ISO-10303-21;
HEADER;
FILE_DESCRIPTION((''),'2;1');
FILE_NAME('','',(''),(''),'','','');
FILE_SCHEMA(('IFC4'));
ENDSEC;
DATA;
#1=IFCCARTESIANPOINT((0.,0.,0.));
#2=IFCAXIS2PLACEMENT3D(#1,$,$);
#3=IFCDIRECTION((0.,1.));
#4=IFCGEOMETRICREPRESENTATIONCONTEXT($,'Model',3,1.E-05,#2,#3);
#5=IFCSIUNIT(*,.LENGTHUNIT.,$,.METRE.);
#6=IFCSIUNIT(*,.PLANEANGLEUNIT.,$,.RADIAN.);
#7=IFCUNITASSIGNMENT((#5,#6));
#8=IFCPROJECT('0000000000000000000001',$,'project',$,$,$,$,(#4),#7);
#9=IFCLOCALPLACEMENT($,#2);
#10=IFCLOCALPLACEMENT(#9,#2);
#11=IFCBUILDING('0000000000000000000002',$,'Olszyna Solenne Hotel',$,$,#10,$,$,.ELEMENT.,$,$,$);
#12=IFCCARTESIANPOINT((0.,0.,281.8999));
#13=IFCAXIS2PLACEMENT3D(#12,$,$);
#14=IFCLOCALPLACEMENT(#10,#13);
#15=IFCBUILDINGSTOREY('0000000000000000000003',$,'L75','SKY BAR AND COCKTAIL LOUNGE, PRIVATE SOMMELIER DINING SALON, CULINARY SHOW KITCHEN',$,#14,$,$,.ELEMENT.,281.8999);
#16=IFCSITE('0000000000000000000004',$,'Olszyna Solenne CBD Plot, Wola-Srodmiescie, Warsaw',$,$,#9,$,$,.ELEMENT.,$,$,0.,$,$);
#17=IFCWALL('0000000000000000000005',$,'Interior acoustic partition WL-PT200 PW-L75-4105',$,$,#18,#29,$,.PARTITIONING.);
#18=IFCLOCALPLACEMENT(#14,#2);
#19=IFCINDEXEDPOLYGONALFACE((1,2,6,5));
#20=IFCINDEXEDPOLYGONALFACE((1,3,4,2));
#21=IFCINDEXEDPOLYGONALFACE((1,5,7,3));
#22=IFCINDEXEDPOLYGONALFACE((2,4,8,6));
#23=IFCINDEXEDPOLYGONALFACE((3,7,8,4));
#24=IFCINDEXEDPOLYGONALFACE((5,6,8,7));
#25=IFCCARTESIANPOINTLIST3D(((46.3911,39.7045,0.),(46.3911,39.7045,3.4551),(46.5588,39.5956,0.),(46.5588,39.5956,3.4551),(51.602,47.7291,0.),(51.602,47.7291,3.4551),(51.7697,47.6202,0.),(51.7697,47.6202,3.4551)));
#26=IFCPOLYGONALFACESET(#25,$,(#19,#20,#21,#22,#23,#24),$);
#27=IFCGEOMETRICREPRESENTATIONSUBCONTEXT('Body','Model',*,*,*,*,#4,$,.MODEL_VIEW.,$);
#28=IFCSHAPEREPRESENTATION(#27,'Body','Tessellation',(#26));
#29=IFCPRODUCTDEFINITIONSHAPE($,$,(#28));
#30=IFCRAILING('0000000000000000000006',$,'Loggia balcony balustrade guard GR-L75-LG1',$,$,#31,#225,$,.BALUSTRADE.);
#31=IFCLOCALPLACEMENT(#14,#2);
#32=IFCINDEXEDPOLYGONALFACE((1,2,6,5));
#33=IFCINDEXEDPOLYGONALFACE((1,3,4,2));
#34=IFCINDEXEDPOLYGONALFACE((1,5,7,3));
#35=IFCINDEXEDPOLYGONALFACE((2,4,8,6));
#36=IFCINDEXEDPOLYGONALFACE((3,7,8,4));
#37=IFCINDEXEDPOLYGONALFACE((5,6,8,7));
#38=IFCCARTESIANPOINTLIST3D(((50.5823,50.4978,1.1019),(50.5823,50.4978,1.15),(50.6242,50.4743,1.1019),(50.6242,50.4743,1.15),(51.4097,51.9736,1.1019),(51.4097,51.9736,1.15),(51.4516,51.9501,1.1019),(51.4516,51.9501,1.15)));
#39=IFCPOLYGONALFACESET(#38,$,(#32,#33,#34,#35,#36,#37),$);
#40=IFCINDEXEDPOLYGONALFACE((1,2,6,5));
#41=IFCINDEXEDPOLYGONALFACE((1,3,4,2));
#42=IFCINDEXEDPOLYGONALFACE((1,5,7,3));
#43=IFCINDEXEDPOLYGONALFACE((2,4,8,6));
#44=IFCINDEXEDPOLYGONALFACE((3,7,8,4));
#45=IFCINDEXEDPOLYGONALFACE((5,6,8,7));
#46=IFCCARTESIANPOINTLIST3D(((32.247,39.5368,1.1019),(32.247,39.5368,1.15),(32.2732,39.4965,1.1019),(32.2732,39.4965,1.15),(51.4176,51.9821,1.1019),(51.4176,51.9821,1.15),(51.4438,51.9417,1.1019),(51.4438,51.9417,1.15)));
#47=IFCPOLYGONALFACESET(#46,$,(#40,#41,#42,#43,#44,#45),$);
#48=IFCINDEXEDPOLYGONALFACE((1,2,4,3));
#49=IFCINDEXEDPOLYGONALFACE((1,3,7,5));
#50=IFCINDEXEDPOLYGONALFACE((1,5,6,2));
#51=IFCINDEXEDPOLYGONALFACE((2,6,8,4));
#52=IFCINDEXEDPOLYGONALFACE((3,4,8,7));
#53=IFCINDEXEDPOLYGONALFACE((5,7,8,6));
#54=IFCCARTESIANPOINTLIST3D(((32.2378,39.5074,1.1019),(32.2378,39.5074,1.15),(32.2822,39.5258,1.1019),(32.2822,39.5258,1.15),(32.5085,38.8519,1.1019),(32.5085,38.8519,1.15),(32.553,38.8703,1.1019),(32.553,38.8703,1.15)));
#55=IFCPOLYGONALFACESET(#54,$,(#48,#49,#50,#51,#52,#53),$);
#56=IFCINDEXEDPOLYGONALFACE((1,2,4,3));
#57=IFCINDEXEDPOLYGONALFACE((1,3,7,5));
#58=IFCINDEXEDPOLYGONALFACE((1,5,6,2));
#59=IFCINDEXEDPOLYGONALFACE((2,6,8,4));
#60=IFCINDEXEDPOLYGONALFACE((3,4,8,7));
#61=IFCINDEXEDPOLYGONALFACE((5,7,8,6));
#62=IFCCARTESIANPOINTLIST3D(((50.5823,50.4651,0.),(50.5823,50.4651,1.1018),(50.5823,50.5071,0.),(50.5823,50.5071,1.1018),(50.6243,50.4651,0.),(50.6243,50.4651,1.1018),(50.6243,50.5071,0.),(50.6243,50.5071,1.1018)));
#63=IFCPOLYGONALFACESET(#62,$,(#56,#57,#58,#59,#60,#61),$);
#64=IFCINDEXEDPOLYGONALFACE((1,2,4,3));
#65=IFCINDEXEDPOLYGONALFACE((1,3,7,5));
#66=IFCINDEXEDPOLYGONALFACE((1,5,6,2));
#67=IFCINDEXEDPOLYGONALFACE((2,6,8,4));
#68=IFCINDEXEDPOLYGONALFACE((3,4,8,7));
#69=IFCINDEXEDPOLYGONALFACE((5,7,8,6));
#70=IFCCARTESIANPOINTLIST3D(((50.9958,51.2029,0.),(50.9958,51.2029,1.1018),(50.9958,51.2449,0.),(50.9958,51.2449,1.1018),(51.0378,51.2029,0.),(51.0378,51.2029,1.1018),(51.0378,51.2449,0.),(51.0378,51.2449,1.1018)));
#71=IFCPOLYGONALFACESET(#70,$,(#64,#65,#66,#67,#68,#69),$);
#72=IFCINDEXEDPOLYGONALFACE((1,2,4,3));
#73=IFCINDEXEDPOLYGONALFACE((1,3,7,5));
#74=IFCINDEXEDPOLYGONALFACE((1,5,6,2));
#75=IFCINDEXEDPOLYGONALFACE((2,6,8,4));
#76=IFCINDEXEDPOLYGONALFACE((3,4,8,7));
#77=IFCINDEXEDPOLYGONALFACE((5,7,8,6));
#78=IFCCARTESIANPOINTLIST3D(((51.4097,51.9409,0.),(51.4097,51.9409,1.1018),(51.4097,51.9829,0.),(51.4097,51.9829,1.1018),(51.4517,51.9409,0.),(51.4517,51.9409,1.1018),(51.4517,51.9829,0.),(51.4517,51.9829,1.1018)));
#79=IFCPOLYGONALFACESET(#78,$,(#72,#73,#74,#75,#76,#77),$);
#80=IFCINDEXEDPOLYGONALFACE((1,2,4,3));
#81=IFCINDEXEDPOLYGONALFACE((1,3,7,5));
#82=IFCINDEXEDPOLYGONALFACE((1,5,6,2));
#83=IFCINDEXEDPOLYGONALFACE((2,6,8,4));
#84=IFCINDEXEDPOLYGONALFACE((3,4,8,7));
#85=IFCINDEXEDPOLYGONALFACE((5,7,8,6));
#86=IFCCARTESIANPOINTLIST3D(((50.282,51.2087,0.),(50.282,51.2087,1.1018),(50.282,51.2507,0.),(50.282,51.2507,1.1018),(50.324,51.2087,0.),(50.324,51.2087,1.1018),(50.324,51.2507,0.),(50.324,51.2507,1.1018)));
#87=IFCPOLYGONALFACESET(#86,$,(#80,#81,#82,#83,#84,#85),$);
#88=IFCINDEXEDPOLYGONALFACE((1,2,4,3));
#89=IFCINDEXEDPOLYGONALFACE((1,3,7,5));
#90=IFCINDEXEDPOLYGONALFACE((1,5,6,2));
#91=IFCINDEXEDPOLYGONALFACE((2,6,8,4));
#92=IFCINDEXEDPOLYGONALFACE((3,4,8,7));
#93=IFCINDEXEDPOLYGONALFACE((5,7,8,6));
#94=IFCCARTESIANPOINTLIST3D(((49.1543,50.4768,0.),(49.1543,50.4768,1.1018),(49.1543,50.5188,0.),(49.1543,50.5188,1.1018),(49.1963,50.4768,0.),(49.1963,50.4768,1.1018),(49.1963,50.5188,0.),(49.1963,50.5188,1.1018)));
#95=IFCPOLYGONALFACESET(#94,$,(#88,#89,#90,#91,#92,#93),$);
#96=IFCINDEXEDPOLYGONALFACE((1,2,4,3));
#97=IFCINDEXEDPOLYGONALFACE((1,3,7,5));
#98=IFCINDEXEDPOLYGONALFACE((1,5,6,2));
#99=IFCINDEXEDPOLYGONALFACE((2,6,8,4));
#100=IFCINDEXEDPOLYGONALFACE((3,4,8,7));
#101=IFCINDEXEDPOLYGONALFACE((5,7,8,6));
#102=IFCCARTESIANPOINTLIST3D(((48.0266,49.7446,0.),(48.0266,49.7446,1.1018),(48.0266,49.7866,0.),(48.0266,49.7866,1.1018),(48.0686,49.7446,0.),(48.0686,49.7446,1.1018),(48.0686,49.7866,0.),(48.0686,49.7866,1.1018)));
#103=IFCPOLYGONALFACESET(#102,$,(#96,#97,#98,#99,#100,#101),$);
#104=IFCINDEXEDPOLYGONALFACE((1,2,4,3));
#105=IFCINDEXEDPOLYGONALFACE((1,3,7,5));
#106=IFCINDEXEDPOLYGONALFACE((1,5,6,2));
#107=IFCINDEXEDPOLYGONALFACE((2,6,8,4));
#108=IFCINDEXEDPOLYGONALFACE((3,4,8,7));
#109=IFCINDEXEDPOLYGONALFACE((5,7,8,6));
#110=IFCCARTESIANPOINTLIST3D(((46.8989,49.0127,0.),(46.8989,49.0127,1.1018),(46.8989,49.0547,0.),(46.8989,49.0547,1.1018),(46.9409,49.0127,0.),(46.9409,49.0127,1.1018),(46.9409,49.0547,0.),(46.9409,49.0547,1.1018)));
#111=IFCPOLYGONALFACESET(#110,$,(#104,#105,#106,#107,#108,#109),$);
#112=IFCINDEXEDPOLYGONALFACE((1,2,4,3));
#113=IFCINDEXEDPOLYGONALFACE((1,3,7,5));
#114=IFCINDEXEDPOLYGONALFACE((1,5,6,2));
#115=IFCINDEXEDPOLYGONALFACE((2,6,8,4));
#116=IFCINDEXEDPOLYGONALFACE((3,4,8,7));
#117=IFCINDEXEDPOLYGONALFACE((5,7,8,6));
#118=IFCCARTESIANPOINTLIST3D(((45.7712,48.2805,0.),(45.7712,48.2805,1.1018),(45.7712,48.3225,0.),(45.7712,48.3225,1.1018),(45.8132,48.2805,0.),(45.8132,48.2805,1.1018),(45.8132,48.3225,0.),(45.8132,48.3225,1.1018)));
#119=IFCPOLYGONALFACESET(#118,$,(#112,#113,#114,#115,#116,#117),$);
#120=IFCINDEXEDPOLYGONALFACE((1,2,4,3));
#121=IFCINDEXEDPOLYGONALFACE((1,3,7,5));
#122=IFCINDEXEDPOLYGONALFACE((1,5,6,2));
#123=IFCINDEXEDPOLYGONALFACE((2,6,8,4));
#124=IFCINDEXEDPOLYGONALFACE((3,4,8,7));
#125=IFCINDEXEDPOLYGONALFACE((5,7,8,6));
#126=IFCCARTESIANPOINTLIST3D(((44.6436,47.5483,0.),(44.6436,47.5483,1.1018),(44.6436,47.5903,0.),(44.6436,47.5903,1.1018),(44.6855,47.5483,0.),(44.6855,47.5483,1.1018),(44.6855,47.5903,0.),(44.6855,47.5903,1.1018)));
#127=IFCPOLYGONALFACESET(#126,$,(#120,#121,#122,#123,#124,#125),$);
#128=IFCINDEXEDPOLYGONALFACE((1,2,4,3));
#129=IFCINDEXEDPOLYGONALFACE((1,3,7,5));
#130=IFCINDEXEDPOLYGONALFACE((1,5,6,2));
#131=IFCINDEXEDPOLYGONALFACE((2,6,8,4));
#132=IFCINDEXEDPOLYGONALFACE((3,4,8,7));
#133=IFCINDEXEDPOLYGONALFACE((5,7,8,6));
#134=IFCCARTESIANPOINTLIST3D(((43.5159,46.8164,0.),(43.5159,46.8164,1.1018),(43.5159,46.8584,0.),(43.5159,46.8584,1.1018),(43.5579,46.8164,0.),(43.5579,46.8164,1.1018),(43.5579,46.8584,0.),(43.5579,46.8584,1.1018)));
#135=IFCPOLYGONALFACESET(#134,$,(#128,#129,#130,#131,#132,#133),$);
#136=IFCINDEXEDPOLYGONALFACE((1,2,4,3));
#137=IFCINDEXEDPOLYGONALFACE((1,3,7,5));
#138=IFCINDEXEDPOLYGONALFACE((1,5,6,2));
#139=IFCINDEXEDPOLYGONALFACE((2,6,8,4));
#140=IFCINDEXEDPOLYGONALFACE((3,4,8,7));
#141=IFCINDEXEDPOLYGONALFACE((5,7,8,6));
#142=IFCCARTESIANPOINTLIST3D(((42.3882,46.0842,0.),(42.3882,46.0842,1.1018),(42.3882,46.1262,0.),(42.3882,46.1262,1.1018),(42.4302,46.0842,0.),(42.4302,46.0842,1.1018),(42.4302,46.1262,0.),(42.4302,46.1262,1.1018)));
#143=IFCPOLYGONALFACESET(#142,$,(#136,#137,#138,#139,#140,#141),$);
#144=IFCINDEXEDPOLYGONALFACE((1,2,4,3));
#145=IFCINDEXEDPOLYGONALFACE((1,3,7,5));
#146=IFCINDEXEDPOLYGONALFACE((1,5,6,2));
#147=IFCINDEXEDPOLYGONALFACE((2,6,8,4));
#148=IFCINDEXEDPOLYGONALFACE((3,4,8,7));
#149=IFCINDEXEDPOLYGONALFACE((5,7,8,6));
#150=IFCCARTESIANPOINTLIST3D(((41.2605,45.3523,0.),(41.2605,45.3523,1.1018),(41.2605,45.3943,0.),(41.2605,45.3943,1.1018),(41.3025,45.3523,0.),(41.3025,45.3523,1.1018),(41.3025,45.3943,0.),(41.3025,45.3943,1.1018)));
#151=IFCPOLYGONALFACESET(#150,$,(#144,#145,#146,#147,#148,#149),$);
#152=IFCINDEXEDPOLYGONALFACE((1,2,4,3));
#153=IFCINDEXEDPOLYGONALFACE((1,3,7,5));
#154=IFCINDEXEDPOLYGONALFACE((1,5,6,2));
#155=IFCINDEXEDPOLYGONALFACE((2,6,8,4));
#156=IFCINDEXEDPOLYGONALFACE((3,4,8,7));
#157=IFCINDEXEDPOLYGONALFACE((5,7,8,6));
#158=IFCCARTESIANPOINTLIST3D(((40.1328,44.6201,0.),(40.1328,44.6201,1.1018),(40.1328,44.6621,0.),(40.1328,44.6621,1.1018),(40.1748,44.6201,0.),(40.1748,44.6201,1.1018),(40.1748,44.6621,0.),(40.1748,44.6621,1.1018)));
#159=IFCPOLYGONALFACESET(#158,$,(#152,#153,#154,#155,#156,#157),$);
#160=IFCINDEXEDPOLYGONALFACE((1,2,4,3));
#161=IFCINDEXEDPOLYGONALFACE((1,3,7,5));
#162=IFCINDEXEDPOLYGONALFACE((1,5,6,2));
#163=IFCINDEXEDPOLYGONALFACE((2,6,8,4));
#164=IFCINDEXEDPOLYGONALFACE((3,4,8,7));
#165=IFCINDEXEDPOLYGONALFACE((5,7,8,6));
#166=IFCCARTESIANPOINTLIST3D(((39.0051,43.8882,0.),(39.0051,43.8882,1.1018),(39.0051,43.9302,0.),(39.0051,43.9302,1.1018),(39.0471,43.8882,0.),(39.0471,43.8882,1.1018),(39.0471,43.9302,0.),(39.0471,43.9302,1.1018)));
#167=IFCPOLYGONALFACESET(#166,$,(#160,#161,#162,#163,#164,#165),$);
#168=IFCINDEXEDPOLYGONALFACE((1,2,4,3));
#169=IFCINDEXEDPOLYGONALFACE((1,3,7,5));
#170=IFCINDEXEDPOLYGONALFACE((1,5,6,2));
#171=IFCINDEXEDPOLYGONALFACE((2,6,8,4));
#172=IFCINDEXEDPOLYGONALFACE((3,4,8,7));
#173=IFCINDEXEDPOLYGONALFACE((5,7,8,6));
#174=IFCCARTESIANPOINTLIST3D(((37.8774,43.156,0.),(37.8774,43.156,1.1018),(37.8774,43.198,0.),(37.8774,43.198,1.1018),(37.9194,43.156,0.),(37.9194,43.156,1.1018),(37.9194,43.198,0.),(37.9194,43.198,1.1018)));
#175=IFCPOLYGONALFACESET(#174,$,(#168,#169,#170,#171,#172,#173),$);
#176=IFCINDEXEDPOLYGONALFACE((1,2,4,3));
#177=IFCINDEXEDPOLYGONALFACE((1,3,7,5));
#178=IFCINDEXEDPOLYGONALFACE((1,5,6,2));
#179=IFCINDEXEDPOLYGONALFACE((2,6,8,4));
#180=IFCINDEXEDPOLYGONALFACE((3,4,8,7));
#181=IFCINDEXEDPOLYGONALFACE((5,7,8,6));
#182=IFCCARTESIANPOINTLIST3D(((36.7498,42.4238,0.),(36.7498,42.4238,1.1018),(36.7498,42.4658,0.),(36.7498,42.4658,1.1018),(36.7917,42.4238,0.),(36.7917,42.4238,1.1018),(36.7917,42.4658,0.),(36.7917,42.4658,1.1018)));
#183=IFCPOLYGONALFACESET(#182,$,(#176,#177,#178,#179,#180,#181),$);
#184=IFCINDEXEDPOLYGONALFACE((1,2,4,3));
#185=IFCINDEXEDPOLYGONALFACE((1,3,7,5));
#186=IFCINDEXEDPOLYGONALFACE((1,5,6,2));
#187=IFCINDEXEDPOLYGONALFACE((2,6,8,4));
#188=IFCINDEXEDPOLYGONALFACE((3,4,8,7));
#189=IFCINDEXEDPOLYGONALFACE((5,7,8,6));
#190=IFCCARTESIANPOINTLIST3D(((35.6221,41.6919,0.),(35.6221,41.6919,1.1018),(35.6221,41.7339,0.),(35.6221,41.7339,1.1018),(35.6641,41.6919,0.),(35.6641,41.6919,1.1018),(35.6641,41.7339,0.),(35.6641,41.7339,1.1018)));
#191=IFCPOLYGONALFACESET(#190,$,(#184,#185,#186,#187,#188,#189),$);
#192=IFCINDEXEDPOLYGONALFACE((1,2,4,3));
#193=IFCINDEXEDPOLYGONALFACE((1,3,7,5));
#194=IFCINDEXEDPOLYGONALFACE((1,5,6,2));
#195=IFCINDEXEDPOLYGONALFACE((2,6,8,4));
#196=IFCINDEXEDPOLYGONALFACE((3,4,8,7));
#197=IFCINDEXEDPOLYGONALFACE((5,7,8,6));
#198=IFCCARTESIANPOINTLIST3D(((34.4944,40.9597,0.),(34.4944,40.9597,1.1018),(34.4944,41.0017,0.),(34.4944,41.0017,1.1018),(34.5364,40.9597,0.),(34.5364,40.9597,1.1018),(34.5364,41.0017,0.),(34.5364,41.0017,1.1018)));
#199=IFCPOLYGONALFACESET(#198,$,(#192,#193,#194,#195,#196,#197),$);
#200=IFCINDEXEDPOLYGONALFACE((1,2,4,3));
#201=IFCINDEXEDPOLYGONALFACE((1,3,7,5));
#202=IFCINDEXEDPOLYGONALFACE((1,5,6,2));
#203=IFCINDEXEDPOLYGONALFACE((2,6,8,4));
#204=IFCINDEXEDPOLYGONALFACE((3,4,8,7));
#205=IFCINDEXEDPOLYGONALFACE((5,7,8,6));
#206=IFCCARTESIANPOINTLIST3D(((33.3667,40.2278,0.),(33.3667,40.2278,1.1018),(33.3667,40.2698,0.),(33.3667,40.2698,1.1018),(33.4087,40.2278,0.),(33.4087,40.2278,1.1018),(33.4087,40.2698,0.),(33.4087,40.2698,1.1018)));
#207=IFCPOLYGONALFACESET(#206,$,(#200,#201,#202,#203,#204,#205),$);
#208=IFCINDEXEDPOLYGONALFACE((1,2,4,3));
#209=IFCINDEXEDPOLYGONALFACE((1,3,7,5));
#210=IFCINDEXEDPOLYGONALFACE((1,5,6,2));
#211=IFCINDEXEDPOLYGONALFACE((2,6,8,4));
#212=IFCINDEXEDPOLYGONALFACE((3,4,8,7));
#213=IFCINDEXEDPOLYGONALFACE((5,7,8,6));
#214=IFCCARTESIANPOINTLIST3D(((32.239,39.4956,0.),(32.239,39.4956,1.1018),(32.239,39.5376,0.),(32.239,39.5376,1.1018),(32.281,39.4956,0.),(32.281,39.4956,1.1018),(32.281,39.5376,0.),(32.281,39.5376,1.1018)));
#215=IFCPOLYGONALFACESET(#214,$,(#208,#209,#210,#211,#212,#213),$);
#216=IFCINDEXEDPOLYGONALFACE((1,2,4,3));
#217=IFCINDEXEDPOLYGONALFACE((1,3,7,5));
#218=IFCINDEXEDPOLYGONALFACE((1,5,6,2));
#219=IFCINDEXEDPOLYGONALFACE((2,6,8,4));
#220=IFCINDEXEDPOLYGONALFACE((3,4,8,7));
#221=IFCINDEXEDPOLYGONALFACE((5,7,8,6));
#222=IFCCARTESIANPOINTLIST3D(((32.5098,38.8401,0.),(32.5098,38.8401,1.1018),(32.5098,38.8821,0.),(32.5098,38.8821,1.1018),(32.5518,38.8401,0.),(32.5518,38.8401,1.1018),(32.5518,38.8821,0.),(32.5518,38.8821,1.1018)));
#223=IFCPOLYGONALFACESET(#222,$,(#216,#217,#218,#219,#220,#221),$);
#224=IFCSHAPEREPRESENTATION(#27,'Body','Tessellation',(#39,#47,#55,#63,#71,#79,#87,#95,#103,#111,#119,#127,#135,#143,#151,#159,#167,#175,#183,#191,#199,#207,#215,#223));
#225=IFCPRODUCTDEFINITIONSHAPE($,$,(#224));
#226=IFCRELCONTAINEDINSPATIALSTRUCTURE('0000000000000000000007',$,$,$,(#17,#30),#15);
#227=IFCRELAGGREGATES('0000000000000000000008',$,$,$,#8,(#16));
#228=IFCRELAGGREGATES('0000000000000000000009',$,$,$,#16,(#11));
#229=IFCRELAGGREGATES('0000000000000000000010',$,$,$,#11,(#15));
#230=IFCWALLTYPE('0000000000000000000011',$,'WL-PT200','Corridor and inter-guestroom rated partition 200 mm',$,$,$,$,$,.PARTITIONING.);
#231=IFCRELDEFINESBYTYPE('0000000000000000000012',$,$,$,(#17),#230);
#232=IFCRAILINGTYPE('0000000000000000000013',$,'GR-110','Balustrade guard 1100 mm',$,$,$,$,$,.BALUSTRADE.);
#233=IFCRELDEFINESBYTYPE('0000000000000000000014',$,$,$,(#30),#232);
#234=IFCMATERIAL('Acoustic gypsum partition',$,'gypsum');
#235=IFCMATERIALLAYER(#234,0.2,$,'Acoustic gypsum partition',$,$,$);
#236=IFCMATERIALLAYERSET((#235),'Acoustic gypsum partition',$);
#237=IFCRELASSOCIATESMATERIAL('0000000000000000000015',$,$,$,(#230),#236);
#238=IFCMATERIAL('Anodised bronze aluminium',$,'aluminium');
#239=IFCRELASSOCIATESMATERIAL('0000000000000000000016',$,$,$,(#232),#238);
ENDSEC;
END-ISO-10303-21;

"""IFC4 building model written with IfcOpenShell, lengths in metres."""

from ifc_helpers import new_model, si_unit, direction, frame, frame_2d, origin, origin_2d, place, context, subcontext, project, spatial, rectangle, extrude, material, layer, layer_set, type_object, element, save


model = new_model("IFC4")

# Units and contexts
model_context = context("Model", 3, precision=1e-05, world=origin(), true_north=direction((0.0, 1.0)))
body_context = subcontext(model_context, "Body", "Model", "MODEL_VIEW")
ifc_project = project(units=[si_unit("LENGTHUNIT", "METRE"), si_unit("PLANEANGLEUNIT", "RADIAN")], contexts=[model_context])

# Site, building, storey
site_placement = place(None, origin())
site = spatial("IfcSite", under=ifc_project, at=site_placement, Name="Olszyna Solenne CBD Plot, Wola-Srodmiescie, Warsaw", CompositionType="ELEMENT", RefElevation=0.0)
building_placement = place(site_placement, origin())
building = spatial("IfcBuilding", under=site, at=building_placement, Name="Olszyna Solenne Hotel", CompositionType="ELEMENT")
storey_placement = place(building_placement, frame((0.0, 0.0, 281.8999)))
storey = spatial("IfcBuildingStorey", under=building, at=storey_placement, Name="L75", Description="SKY BAR AND COCKTAIL LOUNGE, PRIVATE SOMMELIER DINING SALON, CULINARY SHOW KITCHEN", CompositionType="ELEMENT", Elevation=281.8999)

# Shared definitions
ifc_material_1 = material(Name="Anodised bronze aluminium", Category="aluminium")

# Shared definitions
ifc_material_2 = material(Name="Acoustic gypsum partition", Category="gypsum")

# Wall
ifc_layer_1 = layer(ifc_material_2, 0.2, Name="Acoustic gypsum partition")
ifc_layer_set_1 = layer_set([ifc_layer_1], Name="Acoustic gypsum partition")
wall_type_1 = type_object("IfcWallType", Name="WL-PT200", Description="Corridor and inter-guestroom rated partition 200 mm", PredefinedType="PARTITIONING", material=ifc_layer_set_1)
wall_1_placement = place(storey_placement, frame((46.4749, 39.6499, 0.0), z_axis=(0.0, 0.0, 1.0), x_axis=(0.544614, 0.838687, 0.0)))
element("IfcWall", 1, at=wall_1_placement, inside=storey, type_object=wall_type_1, Name="Interior acoustic partition WL-PT200 PW-L75-4105", PredefinedType="PARTITIONING", context=body_context, shape_type="SweptSolid", body=[
    extrude(rectangle(XDim=9.5681, YDim=0.2, at=frame_2d((4.7842, 0.0))), origin(), (0.0, 0.0, 1.0), 3.4551),
])

# Railing
railing_type = type_object("IfcRailingType", Name="GR-110", Description="Balustrade guard 1100 mm", PredefinedType="BALUSTRADE", material=ifc_material_1)
railing_placement = place(storey_placement, frame((50.6033, 50.4861, 0.0)))
element("IfcRailing", 2, at=railing_placement, inside=storey, type_object=railing_type, Name="Loggia balcony balustrade guard GR-L75-LG1", PredefinedType="BALUSTRADE", context=body_context, shape_type="SweptSolid", body=[
    extrude(rectangle(XDim=0.0481, YDim=0.0481, at=origin_2d()), frame((0.0, 0.0, 1.126), z_axis=(0.489021, 0.872272, 0.0), x_axis=(-0.872272, 0.489021, 0.0)), (0.0, 0.0, 1.0), 1.6919),
    extrude(rectangle(XDim=0.0481, YDim=0.0481, at=origin_2d()), frame((0.8274, 1.4758, 1.126), z_axis=(-0.838756, -0.544508, 0.0), x_axis=(0.544508, -0.838756, 0.0)), (0.0, 0.0, 1.0), 22.856),
    extrude(rectangle(XDim=0.0481, YDim=0.0481, at=origin_2d()), frame((-18.3433, -10.9695, 1.126), z_axis=(0.381754, -0.924264, 0.0), x_axis=(0.924264, 0.381754, 0.0)), (0.0, 0.0, 1.0), 0.7092),
    extrude(rectangle(XDim=0.042, YDim=0.042, at=origin_2d()), origin(), (0.0, 0.0, 1.0), 1.1018),
    extrude(rectangle(XDim=0.042, YDim=0.042, at=origin_2d()), frame((0.4136, 0.7378, 0.0)), (0.0, 0.0, 1.0), 1.1018),
    extrude(rectangle(XDim=0.042, YDim=0.042, at=origin_2d()), frame((0.8274, 1.4758, 0.0)), (0.0, 0.0, 1.0), 1.1018),
    extrude(rectangle(XDim=0.042, YDim=0.042, at=origin_2d()), frame((-0.3003, 0.7437, 0.0)), (0.0, 0.0, 1.0), 1.1018),
    extrude(rectangle(XDim=0.042, YDim=0.042, at=origin_2d()), frame((-1.428, 0.0117, 0.0)), (0.0, 0.0, 1.0), 1.1018),
    extrude(rectangle(XDim=0.042, YDim=0.042, at=origin_2d()), frame((-2.5557, -0.7205, 0.0)), (0.0, 0.0, 1.0), 1.1018),
    extrude(rectangle(XDim=0.042, YDim=0.042, at=origin_2d()), frame((-3.6833, -1.4524, 0.0)), (0.0, 0.0, 1.0), 1.1018),
    extrude(rectangle(XDim=0.042, YDim=0.042, at=origin_2d()), frame((-4.811, -2.1846, 0.0)), (0.0, 0.0, 1.0), 1.1018),
    extrude(rectangle(XDim=0.042, YDim=0.042, at=origin_2d()), frame((-5.9387, -2.9167, 0.0)), (0.0, 0.0, 1.0), 1.1018),
    extrude(rectangle(XDim=0.042, YDim=0.042, at=origin_2d()), frame((-7.0664, -3.6487, 0.0)), (0.0, 0.0, 1.0), 1.1018),
    extrude(rectangle(XDim=0.042, YDim=0.042, at=origin_2d()), frame((-8.1941, -4.3809, 0.0)), (0.0, 0.0, 1.0), 1.1018),
    extrude(rectangle(XDim=0.042, YDim=0.042, at=origin_2d()), frame((-9.3218, -5.1128, 0.0)), (0.0, 0.0, 1.0), 1.1018),
    extrude(rectangle(XDim=0.042, YDim=0.042, at=origin_2d()), frame((-10.4495, -5.845, 0.0)), (0.0, 0.0, 1.0), 1.1018),
    extrude(rectangle(XDim=0.042, YDim=0.042, at=origin_2d()), frame((-11.5771, -6.5769, 0.0)), (0.0, 0.0, 1.0), 1.1018),
    extrude(rectangle(XDim=0.042, YDim=0.042, at=origin_2d()), frame((-12.7048, -7.3091, 0.0)), (0.0, 0.0, 1.0), 1.1018),
    extrude(rectangle(XDim=0.042, YDim=0.042, at=origin_2d()), frame((-13.8325, -8.0413, 0.0)), (0.0, 0.0, 1.0), 1.1018),
    extrude(rectangle(XDim=0.042, YDim=0.042, at=origin_2d()), frame((-14.9602, -8.7732, 0.0)), (0.0, 0.0, 1.0), 1.1018),
    extrude(rectangle(XDim=0.042, YDim=0.042, at=origin_2d()), frame((-16.0879, -9.5054, 0.0)), (0.0, 0.0, 1.0), 1.1018),
    extrude(rectangle(XDim=0.042, YDim=0.042, at=origin_2d()), frame((-17.2156, -10.2373, 0.0)), (0.0, 0.0, 1.0), 1.1018),
    extrude(rectangle(XDim=0.042, YDim=0.042, at=origin_2d()), frame((-18.3433, -10.9695, 0.0)), (0.0, 0.0, 1.0), 1.1018),
    extrude(rectangle(XDim=0.042, YDim=0.042, at=origin_2d()), frame((-18.0725, -11.625, 0.0)), (0.0, 0.0, 1.0), 1.1018),
])

save(model, "model.ifc")
